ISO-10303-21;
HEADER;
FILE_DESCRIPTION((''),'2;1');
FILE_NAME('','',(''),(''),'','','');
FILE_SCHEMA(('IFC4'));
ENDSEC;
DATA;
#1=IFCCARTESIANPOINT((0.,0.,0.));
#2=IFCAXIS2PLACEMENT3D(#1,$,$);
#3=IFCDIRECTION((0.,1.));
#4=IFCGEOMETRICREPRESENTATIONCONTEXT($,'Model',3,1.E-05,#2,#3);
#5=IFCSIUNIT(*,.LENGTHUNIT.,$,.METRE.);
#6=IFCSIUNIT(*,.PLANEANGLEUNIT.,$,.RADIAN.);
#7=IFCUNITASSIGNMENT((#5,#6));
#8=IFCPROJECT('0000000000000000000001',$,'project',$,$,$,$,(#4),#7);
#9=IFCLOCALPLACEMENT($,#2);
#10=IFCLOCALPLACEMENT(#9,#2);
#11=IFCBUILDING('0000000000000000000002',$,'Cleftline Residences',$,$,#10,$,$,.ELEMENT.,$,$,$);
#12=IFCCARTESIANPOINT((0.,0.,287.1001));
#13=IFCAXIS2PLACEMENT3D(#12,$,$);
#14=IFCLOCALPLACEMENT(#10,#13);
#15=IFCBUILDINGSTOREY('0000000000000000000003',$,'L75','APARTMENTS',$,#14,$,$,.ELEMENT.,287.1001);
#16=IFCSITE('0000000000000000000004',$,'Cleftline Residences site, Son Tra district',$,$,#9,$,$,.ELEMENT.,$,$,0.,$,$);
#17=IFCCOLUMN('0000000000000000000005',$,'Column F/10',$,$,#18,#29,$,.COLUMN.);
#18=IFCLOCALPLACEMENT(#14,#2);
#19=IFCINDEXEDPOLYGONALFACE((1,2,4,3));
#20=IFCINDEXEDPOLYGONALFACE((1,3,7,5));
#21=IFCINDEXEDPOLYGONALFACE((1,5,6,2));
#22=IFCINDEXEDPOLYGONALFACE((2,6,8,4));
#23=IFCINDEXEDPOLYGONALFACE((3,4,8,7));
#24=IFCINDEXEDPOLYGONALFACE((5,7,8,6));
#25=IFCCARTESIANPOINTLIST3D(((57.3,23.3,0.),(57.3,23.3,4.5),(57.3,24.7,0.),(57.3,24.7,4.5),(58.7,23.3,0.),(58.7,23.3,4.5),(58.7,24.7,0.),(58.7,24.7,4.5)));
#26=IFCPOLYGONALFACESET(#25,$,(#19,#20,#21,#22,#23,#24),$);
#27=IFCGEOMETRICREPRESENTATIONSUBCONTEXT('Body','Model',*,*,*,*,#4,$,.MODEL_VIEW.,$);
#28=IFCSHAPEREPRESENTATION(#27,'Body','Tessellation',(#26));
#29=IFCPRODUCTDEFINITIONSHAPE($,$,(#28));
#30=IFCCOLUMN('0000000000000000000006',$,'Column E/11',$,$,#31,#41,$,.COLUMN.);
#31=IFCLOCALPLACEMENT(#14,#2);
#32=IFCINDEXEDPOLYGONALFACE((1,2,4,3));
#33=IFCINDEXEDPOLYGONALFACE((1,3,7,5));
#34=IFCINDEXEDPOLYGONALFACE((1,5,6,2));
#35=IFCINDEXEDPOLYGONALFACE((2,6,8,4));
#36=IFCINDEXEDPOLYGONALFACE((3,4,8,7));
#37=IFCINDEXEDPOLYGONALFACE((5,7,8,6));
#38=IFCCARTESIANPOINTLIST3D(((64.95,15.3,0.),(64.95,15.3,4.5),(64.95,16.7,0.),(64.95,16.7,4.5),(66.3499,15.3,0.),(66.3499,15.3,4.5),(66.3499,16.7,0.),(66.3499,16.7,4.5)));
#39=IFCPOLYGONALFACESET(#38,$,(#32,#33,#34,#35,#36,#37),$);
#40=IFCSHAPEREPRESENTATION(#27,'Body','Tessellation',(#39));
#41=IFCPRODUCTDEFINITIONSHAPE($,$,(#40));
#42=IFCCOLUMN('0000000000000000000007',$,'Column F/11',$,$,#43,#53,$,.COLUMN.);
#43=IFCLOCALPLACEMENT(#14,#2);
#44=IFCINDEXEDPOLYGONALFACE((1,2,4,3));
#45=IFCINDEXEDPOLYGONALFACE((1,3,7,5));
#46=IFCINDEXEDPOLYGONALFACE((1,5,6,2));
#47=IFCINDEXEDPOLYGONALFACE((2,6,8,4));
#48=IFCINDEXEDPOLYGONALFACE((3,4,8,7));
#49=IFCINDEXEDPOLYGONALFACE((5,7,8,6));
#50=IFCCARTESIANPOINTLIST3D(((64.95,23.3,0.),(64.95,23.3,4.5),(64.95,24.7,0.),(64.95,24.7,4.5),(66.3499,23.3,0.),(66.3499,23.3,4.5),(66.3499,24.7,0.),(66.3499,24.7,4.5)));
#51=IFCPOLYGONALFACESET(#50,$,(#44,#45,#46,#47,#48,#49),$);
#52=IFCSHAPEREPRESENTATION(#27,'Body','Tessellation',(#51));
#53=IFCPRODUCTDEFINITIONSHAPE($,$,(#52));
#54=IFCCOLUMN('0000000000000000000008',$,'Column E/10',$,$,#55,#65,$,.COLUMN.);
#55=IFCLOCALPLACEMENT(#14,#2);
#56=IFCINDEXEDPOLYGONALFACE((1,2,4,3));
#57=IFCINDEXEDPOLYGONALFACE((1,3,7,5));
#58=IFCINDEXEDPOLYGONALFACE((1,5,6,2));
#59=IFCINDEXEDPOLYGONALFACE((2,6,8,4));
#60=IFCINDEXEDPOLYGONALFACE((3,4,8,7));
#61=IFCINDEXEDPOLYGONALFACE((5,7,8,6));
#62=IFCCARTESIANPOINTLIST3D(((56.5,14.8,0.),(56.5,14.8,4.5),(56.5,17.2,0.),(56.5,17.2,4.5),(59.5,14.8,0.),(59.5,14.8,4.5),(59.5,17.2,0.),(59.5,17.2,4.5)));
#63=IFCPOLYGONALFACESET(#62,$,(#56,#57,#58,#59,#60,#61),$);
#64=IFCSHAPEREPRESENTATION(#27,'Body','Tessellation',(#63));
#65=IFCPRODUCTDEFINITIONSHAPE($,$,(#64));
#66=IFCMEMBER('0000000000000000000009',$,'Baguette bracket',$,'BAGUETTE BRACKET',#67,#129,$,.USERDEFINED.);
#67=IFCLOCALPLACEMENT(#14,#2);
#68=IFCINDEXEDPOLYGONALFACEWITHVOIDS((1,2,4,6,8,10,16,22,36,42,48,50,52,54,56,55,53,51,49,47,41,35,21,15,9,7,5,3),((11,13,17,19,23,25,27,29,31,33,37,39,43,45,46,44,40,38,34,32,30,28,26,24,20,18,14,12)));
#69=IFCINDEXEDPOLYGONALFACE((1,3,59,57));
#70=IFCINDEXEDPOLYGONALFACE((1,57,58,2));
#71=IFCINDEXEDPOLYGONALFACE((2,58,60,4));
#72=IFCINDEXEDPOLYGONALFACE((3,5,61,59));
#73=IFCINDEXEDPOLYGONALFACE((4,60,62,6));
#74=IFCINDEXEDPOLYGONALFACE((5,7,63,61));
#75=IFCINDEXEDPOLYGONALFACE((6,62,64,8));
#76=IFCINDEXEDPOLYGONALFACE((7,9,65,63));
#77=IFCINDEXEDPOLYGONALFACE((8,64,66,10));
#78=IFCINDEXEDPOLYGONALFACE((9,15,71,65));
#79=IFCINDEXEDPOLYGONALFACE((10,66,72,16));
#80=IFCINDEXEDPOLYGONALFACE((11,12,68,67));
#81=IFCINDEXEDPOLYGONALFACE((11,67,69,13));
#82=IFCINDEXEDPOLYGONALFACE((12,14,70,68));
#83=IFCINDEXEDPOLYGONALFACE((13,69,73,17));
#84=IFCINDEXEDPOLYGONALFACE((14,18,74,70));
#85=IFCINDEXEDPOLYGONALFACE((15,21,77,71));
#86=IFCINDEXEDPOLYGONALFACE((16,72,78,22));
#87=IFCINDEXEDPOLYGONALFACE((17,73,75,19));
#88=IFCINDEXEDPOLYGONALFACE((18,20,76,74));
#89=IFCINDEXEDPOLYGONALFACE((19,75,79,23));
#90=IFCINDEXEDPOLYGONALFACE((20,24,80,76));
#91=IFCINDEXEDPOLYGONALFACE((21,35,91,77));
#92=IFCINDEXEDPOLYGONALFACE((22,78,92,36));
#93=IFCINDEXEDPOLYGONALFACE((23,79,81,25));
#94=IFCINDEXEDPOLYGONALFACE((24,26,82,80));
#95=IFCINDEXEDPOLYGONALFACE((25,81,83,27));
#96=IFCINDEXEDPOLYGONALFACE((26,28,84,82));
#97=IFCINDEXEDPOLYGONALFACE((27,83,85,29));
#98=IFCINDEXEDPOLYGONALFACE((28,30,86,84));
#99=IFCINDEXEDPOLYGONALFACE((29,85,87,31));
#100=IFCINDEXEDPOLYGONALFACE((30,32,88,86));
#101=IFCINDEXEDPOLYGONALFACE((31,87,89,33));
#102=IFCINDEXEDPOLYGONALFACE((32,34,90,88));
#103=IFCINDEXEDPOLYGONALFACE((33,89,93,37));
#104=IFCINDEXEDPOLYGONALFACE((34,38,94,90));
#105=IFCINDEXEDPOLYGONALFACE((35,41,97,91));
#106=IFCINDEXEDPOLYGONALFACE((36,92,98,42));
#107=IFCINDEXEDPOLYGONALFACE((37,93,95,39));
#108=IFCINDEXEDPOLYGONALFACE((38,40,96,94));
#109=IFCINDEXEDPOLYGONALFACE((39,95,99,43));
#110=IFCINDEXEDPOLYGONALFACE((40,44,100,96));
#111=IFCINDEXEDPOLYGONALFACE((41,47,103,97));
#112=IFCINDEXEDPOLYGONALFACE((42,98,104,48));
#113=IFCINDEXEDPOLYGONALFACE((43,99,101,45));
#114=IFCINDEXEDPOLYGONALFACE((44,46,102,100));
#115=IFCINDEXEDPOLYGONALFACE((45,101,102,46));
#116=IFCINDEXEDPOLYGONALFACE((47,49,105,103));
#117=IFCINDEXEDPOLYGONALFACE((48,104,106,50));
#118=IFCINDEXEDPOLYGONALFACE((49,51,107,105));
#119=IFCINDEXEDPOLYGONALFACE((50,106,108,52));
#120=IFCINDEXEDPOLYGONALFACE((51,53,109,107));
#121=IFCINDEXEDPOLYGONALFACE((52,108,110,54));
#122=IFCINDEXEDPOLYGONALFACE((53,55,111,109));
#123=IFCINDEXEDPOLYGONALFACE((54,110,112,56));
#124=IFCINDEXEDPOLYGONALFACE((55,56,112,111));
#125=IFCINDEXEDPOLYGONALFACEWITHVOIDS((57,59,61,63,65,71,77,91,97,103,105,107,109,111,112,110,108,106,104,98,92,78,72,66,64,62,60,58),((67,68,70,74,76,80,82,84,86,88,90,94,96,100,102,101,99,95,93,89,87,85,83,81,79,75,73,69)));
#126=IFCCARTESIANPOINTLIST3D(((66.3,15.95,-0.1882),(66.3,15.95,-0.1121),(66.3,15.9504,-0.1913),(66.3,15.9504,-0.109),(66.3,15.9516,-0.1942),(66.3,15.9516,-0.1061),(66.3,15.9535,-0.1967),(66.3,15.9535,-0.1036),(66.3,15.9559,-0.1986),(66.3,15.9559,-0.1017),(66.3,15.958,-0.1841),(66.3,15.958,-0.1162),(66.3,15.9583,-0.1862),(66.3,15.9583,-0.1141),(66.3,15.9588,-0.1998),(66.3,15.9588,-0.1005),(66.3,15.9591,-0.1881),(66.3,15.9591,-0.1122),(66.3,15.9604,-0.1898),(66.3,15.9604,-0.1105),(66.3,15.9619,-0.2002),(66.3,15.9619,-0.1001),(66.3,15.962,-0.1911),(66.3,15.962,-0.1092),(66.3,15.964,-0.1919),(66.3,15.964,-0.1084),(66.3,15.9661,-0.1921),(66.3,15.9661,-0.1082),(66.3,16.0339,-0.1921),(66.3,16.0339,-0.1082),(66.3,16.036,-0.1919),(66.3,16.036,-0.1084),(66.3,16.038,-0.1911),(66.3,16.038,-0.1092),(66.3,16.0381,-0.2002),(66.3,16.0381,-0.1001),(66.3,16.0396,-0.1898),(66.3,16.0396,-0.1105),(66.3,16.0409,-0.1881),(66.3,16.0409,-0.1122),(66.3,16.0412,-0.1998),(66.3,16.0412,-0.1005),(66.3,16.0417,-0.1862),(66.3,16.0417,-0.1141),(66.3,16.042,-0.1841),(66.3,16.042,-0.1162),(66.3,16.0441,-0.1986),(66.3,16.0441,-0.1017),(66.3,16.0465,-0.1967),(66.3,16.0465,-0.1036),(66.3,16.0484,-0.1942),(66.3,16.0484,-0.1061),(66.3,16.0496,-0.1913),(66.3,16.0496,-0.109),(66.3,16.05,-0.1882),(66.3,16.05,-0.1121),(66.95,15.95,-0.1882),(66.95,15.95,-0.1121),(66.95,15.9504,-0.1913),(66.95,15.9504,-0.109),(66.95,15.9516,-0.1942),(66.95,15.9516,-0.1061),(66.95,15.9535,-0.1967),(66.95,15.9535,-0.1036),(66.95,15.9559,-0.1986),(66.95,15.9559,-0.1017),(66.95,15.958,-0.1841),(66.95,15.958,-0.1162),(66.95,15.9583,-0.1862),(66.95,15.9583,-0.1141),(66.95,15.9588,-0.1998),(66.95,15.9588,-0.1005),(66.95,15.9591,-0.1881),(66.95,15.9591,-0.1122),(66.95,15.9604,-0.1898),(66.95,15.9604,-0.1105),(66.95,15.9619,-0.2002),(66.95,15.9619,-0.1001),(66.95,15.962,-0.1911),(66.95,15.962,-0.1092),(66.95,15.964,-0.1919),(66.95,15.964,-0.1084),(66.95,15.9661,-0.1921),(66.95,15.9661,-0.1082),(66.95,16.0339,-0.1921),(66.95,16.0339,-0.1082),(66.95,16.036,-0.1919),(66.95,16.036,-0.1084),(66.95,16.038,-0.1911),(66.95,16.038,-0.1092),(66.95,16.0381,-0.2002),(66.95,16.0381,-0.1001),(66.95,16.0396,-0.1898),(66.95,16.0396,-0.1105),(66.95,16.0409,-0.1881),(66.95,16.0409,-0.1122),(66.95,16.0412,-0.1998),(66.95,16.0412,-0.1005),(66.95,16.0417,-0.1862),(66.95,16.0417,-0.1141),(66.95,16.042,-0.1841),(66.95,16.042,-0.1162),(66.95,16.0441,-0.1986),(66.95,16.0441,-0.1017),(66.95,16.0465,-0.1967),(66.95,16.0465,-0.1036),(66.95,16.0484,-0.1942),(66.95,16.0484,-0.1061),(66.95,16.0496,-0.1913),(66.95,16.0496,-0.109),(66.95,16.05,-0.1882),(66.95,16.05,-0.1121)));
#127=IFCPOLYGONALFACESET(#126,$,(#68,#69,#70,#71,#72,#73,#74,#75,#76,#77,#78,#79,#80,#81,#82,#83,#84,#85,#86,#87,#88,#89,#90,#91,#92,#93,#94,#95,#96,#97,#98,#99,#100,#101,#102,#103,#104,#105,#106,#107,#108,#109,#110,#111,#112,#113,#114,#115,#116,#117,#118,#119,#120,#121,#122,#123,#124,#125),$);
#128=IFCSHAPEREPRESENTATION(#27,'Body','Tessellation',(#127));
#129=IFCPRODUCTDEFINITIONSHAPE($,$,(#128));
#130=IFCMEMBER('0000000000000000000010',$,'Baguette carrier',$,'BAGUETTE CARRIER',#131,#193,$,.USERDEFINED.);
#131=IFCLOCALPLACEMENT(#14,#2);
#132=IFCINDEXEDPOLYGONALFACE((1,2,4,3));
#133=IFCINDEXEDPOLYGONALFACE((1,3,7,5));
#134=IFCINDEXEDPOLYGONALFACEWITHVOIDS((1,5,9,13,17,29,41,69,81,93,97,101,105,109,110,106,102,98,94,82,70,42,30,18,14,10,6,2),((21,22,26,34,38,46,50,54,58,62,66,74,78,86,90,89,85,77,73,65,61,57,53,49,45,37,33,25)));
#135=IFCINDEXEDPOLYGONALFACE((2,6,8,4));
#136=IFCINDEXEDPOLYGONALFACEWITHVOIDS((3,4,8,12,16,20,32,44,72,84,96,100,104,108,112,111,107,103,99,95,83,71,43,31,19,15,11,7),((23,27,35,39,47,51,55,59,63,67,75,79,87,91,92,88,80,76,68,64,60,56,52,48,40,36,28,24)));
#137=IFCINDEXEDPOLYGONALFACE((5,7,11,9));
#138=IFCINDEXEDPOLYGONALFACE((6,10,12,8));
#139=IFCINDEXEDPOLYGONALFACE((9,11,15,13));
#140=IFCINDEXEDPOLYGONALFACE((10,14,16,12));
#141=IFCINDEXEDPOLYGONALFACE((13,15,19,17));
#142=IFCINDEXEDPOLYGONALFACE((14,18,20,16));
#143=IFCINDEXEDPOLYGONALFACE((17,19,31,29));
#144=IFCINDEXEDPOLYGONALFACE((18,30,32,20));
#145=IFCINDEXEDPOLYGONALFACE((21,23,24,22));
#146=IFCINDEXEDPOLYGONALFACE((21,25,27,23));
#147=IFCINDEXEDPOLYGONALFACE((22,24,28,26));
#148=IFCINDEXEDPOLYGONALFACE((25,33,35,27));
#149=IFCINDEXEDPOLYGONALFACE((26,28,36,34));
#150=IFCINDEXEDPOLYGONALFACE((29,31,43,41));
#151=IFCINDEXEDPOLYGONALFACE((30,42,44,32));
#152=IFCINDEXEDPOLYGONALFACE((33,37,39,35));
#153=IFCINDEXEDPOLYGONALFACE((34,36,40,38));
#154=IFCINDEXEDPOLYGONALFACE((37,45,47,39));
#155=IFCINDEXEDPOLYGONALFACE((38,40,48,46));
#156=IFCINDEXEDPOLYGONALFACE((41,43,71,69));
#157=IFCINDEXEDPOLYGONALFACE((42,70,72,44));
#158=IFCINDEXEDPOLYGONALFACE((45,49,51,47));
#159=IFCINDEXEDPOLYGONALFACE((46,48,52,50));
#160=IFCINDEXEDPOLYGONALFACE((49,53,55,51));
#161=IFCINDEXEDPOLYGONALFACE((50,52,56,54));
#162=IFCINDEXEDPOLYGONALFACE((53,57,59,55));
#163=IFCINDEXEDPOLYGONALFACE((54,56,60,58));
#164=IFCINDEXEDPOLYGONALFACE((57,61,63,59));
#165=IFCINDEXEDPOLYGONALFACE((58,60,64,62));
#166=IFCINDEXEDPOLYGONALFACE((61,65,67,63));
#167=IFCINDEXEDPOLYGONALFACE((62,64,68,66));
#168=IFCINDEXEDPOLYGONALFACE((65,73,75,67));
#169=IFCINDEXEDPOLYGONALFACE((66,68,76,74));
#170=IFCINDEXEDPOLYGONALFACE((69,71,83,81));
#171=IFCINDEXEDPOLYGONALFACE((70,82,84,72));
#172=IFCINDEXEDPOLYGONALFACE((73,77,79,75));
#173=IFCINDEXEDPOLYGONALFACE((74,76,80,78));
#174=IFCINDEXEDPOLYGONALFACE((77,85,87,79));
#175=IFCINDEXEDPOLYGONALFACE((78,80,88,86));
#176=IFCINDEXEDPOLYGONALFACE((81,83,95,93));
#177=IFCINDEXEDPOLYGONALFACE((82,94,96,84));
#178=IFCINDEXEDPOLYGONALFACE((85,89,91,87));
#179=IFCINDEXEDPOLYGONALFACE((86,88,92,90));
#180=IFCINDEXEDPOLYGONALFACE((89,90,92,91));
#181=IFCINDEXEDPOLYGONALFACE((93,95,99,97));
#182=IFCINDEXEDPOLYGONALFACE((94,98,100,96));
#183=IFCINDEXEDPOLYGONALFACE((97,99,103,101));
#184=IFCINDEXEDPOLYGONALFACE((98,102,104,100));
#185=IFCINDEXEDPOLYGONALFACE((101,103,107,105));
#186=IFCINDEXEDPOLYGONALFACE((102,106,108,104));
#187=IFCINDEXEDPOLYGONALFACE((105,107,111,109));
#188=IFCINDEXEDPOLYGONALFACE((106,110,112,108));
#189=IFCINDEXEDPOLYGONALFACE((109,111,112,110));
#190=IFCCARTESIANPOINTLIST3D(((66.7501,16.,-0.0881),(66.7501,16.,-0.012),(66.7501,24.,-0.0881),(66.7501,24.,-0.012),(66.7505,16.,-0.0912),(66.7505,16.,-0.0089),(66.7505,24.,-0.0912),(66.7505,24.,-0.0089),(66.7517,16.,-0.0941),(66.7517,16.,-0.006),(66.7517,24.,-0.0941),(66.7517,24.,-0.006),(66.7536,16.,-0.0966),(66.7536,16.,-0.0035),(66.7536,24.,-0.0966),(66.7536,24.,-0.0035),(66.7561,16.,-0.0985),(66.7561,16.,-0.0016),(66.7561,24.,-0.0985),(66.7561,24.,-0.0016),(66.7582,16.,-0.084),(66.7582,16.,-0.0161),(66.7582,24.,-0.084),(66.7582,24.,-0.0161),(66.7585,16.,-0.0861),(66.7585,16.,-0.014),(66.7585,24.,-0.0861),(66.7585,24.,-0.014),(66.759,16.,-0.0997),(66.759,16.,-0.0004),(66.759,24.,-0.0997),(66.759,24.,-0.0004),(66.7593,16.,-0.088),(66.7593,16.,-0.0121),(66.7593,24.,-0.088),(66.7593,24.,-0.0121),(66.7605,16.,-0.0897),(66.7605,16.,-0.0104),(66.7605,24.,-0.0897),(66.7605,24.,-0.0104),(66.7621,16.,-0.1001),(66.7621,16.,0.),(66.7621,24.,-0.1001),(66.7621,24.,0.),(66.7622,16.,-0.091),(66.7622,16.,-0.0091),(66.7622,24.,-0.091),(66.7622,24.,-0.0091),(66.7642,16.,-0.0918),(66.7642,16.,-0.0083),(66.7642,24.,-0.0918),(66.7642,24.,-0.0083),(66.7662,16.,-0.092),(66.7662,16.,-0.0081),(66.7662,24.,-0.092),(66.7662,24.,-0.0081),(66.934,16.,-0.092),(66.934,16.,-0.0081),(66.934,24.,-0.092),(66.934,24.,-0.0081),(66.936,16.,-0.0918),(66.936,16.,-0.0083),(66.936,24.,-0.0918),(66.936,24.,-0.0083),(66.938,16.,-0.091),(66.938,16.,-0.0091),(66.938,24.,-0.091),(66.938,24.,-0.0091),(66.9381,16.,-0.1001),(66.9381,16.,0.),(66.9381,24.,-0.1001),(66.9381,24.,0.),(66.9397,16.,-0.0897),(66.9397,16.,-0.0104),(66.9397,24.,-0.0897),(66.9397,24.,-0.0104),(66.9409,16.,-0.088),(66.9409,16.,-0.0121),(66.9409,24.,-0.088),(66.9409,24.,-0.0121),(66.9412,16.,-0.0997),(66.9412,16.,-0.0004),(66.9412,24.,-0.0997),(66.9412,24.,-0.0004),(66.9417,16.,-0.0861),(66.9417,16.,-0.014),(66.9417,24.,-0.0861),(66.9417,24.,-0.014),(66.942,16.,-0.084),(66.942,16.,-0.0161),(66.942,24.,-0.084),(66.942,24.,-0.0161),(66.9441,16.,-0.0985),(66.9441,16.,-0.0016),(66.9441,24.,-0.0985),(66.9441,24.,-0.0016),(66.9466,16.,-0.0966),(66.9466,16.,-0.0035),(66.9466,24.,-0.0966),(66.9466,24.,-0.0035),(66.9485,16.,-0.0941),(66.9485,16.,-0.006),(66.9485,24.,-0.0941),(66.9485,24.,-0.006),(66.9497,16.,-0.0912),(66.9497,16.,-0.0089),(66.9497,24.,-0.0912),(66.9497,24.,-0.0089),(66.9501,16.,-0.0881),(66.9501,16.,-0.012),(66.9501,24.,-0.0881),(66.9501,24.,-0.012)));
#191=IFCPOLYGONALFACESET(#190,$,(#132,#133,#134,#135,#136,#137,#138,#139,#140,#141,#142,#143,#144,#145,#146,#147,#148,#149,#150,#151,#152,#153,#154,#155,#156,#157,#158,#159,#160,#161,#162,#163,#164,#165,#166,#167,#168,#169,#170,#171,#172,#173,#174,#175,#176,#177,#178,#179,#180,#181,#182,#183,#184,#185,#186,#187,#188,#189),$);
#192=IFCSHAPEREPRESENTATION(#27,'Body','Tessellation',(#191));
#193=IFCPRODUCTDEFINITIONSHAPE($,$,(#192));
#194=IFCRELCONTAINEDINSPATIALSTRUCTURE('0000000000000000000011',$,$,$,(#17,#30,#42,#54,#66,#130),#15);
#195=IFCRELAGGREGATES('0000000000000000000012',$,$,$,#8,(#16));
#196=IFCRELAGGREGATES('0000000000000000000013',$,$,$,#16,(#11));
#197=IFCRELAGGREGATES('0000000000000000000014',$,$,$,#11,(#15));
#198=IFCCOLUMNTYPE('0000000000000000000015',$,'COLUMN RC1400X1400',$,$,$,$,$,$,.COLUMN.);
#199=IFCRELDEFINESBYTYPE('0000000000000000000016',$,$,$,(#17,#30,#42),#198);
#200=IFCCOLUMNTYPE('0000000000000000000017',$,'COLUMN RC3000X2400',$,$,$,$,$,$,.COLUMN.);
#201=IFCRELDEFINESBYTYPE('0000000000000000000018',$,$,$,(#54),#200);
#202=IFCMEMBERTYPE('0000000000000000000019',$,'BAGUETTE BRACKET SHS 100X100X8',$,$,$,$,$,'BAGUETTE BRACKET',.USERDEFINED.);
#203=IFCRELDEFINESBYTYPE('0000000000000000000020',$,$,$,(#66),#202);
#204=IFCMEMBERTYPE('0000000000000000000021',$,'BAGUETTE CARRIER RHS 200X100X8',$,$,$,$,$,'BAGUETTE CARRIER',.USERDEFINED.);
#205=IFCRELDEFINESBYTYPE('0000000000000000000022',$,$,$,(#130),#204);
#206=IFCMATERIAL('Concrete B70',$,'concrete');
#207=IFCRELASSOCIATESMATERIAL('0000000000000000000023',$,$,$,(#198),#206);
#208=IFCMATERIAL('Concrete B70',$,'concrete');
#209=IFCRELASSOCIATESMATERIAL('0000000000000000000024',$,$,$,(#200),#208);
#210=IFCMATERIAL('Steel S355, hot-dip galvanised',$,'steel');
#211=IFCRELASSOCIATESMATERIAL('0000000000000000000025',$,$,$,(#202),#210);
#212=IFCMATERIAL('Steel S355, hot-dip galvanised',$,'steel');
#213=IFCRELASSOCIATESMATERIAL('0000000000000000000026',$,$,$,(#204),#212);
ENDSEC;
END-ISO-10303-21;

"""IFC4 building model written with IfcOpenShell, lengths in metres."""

from ifc_helpers import new_model, si_unit, direction, frame, origin, origin_2d, place, context, subcontext, project, spatial, rectangle, hollow_rectangle, extrude, material, material_profile, profile_set, type_object, element, save


model = new_model("IFC4")

# Units and contexts
model_context = context("Model", 3, precision=1e-05, world=origin(), true_north=direction((0.0, 1.0)))
body_context = subcontext(model_context, "Body", "Model", "MODEL_VIEW")
ifc_project = project(units=[si_unit("LENGTHUNIT", "METRE"), si_unit("PLANEANGLEUNIT", "RADIAN")], contexts=[model_context])

# Site, building, storey
site_placement = place(None, origin())
site = spatial("IfcSite", under=ifc_project, at=site_placement, Name="Cleftline Residences site, Son Tra district", CompositionType="ELEMENT", RefElevation=0.0)
building_placement = place(site_placement, origin())
building = spatial("IfcBuilding", under=site, at=building_placement, Name="Cleftline Residences", CompositionType="ELEMENT")
storey_placement = place(building_placement, frame((0.0, 0.0, 287.1001)))
storey = spatial("IfcBuildingStorey", under=building, at=storey_placement, Name="L75", Description="APARTMENTS", CompositionType="ELEMENT", Elevation=287.1001)

# Columns
ifc_material_1 = material(Name="Concrete B70", Category="concrete")
ifc_material_profile_1 = material_profile(ifc_material_1, rectangle(XDim=1.3999, YDim=1.3999, at=origin_2d()))
ifc_profile_set_1 = profile_set([ifc_material_profile_1], Name="Concrete B70")
column_type_1 = type_object("IfcColumnType", Name="COLUMN RC1400X1400", PredefinedType="COLUMN", material=ifc_profile_set_1)
for number, where, z_axis, x_axis, name in (
    (1, (58.0, 24.0, 0.0), (0.0, 0.0, 1.0), (1.0, 0.0, 0.0), "Column F/10"),
    (2, (65.6499, 16.0, 0.0), (0.0, 0.0, 1.0), (1.0, 0.0, 0.0), "Column E/11"),
    (3, (65.6499, 24.0, 0.0), (0.0, 0.0, 1.0), (1.0, 0.0, 0.0), "Column F/11"),
):
    element("IfcColumn", number, at=place(storey_placement, frame(where, z_axis=z_axis, x_axis=x_axis)), inside=storey, type_object=column_type_1, Name=name, PredefinedType="COLUMN", context=body_context, shape_type="SweptSolid", body=[
        extrude(rectangle(XDim=1.3999, YDim=1.3999, at=origin_2d()), origin(), (0.0, 0.0, 1.0), 4.5),
    ])
ifc_material_2 = material(Name="Concrete B70", Category="concrete")
ifc_material_profile_2 = material_profile(ifc_material_2, rectangle(XDim=3.0, YDim=2.3999, at=origin_2d()))
ifc_profile_set_2 = profile_set([ifc_material_profile_2], Name="Concrete B70")
column_type_2 = type_object("IfcColumnType", Name="COLUMN RC3000X2400", PredefinedType="COLUMN", material=ifc_profile_set_2)
column_placement = place(storey_placement, frame((58.0, 16.0, 0.0), z_axis=(0.0, 0.0, 1.0), x_axis=(1.0, 0.0, 0.0)))
element("IfcColumn", 4, at=column_placement, inside=storey, type_object=column_type_2, Name="Column E/10", PredefinedType="COLUMN", context=body_context, shape_type="SweptSolid", body=[
    extrude(rectangle(XDim=3.0, YDim=2.3999, at=origin_2d()), origin(), (0.0, 0.0, 1.0), 4.5),
])

# Members
ifc_material_3 = material(Name="Steel S355, hot-dip galvanised", Category="steel")
ifc_material_profile_3 = material_profile(ifc_material_3, hollow_rectangle(XDim=0.1001, YDim=0.1001, WallThickness=0.0081, InnerFilletRadius=0.0081, OuterFilletRadius=0.012, at=origin_2d()))
ifc_profile_set_3 = profile_set([ifc_material_profile_3], Name="Steel S355, hot-dip galvanised")
member_type_1 = type_object("IfcMemberType", Name="BAGUETTE BRACKET SHS 100X100X8", ElementType="BAGUETTE BRACKET", PredefinedType="USERDEFINED", material=ifc_profile_set_3)
member_1_placement = place(storey_placement, frame((66.3, 16.0, -0.1501), z_axis=(1.0, 0.0, 0.0), x_axis=(0.0, 1.0, 0.0)))
element("IfcMember", 5, at=member_1_placement, inside=storey, type_object=member_type_1, Name="Baguette bracket", ObjectType="BAGUETTE BRACKET", PredefinedType="USERDEFINED", context=body_context, shape_type="SweptSolid", body=[
    extrude(hollow_rectangle(XDim=0.1001, YDim=0.1001, WallThickness=0.0081, InnerFilletRadius=0.0081, OuterFilletRadius=0.012, at=origin_2d()), origin(), (0.0, 0.0, 1.0), 0.6499),
])
ifc_material_4 = material(Name="Steel S355, hot-dip galvanised", Category="steel")
ifc_material_profile_4 = material_profile(ifc_material_4, hollow_rectangle(XDim=0.1001, YDim=0.2, WallThickness=0.0081, InnerFilletRadius=0.0081, OuterFilletRadius=0.012, at=origin_2d()))
ifc_profile_set_4 = profile_set([ifc_material_profile_4], Name="Steel S355, hot-dip galvanised")
member_type_2 = type_object("IfcMemberType", Name="BAGUETTE CARRIER RHS 200X100X8", ElementType="BAGUETTE CARRIER", PredefinedType="USERDEFINED", material=ifc_profile_set_4)
member_2_placement = place(storey_placement, frame((66.8501, 16.0, -0.05), z_axis=(0.0, 1.0, 0.0), x_axis=(0.0, 0.0, 1.0)))
element("IfcMember", 6, at=member_2_placement, inside=storey, type_object=member_type_2, Name="Baguette carrier", ObjectType="BAGUETTE CARRIER", PredefinedType="USERDEFINED", context=body_context, shape_type="SweptSolid", body=[
    extrude(hollow_rectangle(XDim=0.1001, YDim=0.2, WallThickness=0.0081, InnerFilletRadius=0.0081, OuterFilletRadius=0.012, at=origin_2d()), origin(), (0.0, 0.0, 1.0), 8.0),
])

save(model, "model.ifc")
